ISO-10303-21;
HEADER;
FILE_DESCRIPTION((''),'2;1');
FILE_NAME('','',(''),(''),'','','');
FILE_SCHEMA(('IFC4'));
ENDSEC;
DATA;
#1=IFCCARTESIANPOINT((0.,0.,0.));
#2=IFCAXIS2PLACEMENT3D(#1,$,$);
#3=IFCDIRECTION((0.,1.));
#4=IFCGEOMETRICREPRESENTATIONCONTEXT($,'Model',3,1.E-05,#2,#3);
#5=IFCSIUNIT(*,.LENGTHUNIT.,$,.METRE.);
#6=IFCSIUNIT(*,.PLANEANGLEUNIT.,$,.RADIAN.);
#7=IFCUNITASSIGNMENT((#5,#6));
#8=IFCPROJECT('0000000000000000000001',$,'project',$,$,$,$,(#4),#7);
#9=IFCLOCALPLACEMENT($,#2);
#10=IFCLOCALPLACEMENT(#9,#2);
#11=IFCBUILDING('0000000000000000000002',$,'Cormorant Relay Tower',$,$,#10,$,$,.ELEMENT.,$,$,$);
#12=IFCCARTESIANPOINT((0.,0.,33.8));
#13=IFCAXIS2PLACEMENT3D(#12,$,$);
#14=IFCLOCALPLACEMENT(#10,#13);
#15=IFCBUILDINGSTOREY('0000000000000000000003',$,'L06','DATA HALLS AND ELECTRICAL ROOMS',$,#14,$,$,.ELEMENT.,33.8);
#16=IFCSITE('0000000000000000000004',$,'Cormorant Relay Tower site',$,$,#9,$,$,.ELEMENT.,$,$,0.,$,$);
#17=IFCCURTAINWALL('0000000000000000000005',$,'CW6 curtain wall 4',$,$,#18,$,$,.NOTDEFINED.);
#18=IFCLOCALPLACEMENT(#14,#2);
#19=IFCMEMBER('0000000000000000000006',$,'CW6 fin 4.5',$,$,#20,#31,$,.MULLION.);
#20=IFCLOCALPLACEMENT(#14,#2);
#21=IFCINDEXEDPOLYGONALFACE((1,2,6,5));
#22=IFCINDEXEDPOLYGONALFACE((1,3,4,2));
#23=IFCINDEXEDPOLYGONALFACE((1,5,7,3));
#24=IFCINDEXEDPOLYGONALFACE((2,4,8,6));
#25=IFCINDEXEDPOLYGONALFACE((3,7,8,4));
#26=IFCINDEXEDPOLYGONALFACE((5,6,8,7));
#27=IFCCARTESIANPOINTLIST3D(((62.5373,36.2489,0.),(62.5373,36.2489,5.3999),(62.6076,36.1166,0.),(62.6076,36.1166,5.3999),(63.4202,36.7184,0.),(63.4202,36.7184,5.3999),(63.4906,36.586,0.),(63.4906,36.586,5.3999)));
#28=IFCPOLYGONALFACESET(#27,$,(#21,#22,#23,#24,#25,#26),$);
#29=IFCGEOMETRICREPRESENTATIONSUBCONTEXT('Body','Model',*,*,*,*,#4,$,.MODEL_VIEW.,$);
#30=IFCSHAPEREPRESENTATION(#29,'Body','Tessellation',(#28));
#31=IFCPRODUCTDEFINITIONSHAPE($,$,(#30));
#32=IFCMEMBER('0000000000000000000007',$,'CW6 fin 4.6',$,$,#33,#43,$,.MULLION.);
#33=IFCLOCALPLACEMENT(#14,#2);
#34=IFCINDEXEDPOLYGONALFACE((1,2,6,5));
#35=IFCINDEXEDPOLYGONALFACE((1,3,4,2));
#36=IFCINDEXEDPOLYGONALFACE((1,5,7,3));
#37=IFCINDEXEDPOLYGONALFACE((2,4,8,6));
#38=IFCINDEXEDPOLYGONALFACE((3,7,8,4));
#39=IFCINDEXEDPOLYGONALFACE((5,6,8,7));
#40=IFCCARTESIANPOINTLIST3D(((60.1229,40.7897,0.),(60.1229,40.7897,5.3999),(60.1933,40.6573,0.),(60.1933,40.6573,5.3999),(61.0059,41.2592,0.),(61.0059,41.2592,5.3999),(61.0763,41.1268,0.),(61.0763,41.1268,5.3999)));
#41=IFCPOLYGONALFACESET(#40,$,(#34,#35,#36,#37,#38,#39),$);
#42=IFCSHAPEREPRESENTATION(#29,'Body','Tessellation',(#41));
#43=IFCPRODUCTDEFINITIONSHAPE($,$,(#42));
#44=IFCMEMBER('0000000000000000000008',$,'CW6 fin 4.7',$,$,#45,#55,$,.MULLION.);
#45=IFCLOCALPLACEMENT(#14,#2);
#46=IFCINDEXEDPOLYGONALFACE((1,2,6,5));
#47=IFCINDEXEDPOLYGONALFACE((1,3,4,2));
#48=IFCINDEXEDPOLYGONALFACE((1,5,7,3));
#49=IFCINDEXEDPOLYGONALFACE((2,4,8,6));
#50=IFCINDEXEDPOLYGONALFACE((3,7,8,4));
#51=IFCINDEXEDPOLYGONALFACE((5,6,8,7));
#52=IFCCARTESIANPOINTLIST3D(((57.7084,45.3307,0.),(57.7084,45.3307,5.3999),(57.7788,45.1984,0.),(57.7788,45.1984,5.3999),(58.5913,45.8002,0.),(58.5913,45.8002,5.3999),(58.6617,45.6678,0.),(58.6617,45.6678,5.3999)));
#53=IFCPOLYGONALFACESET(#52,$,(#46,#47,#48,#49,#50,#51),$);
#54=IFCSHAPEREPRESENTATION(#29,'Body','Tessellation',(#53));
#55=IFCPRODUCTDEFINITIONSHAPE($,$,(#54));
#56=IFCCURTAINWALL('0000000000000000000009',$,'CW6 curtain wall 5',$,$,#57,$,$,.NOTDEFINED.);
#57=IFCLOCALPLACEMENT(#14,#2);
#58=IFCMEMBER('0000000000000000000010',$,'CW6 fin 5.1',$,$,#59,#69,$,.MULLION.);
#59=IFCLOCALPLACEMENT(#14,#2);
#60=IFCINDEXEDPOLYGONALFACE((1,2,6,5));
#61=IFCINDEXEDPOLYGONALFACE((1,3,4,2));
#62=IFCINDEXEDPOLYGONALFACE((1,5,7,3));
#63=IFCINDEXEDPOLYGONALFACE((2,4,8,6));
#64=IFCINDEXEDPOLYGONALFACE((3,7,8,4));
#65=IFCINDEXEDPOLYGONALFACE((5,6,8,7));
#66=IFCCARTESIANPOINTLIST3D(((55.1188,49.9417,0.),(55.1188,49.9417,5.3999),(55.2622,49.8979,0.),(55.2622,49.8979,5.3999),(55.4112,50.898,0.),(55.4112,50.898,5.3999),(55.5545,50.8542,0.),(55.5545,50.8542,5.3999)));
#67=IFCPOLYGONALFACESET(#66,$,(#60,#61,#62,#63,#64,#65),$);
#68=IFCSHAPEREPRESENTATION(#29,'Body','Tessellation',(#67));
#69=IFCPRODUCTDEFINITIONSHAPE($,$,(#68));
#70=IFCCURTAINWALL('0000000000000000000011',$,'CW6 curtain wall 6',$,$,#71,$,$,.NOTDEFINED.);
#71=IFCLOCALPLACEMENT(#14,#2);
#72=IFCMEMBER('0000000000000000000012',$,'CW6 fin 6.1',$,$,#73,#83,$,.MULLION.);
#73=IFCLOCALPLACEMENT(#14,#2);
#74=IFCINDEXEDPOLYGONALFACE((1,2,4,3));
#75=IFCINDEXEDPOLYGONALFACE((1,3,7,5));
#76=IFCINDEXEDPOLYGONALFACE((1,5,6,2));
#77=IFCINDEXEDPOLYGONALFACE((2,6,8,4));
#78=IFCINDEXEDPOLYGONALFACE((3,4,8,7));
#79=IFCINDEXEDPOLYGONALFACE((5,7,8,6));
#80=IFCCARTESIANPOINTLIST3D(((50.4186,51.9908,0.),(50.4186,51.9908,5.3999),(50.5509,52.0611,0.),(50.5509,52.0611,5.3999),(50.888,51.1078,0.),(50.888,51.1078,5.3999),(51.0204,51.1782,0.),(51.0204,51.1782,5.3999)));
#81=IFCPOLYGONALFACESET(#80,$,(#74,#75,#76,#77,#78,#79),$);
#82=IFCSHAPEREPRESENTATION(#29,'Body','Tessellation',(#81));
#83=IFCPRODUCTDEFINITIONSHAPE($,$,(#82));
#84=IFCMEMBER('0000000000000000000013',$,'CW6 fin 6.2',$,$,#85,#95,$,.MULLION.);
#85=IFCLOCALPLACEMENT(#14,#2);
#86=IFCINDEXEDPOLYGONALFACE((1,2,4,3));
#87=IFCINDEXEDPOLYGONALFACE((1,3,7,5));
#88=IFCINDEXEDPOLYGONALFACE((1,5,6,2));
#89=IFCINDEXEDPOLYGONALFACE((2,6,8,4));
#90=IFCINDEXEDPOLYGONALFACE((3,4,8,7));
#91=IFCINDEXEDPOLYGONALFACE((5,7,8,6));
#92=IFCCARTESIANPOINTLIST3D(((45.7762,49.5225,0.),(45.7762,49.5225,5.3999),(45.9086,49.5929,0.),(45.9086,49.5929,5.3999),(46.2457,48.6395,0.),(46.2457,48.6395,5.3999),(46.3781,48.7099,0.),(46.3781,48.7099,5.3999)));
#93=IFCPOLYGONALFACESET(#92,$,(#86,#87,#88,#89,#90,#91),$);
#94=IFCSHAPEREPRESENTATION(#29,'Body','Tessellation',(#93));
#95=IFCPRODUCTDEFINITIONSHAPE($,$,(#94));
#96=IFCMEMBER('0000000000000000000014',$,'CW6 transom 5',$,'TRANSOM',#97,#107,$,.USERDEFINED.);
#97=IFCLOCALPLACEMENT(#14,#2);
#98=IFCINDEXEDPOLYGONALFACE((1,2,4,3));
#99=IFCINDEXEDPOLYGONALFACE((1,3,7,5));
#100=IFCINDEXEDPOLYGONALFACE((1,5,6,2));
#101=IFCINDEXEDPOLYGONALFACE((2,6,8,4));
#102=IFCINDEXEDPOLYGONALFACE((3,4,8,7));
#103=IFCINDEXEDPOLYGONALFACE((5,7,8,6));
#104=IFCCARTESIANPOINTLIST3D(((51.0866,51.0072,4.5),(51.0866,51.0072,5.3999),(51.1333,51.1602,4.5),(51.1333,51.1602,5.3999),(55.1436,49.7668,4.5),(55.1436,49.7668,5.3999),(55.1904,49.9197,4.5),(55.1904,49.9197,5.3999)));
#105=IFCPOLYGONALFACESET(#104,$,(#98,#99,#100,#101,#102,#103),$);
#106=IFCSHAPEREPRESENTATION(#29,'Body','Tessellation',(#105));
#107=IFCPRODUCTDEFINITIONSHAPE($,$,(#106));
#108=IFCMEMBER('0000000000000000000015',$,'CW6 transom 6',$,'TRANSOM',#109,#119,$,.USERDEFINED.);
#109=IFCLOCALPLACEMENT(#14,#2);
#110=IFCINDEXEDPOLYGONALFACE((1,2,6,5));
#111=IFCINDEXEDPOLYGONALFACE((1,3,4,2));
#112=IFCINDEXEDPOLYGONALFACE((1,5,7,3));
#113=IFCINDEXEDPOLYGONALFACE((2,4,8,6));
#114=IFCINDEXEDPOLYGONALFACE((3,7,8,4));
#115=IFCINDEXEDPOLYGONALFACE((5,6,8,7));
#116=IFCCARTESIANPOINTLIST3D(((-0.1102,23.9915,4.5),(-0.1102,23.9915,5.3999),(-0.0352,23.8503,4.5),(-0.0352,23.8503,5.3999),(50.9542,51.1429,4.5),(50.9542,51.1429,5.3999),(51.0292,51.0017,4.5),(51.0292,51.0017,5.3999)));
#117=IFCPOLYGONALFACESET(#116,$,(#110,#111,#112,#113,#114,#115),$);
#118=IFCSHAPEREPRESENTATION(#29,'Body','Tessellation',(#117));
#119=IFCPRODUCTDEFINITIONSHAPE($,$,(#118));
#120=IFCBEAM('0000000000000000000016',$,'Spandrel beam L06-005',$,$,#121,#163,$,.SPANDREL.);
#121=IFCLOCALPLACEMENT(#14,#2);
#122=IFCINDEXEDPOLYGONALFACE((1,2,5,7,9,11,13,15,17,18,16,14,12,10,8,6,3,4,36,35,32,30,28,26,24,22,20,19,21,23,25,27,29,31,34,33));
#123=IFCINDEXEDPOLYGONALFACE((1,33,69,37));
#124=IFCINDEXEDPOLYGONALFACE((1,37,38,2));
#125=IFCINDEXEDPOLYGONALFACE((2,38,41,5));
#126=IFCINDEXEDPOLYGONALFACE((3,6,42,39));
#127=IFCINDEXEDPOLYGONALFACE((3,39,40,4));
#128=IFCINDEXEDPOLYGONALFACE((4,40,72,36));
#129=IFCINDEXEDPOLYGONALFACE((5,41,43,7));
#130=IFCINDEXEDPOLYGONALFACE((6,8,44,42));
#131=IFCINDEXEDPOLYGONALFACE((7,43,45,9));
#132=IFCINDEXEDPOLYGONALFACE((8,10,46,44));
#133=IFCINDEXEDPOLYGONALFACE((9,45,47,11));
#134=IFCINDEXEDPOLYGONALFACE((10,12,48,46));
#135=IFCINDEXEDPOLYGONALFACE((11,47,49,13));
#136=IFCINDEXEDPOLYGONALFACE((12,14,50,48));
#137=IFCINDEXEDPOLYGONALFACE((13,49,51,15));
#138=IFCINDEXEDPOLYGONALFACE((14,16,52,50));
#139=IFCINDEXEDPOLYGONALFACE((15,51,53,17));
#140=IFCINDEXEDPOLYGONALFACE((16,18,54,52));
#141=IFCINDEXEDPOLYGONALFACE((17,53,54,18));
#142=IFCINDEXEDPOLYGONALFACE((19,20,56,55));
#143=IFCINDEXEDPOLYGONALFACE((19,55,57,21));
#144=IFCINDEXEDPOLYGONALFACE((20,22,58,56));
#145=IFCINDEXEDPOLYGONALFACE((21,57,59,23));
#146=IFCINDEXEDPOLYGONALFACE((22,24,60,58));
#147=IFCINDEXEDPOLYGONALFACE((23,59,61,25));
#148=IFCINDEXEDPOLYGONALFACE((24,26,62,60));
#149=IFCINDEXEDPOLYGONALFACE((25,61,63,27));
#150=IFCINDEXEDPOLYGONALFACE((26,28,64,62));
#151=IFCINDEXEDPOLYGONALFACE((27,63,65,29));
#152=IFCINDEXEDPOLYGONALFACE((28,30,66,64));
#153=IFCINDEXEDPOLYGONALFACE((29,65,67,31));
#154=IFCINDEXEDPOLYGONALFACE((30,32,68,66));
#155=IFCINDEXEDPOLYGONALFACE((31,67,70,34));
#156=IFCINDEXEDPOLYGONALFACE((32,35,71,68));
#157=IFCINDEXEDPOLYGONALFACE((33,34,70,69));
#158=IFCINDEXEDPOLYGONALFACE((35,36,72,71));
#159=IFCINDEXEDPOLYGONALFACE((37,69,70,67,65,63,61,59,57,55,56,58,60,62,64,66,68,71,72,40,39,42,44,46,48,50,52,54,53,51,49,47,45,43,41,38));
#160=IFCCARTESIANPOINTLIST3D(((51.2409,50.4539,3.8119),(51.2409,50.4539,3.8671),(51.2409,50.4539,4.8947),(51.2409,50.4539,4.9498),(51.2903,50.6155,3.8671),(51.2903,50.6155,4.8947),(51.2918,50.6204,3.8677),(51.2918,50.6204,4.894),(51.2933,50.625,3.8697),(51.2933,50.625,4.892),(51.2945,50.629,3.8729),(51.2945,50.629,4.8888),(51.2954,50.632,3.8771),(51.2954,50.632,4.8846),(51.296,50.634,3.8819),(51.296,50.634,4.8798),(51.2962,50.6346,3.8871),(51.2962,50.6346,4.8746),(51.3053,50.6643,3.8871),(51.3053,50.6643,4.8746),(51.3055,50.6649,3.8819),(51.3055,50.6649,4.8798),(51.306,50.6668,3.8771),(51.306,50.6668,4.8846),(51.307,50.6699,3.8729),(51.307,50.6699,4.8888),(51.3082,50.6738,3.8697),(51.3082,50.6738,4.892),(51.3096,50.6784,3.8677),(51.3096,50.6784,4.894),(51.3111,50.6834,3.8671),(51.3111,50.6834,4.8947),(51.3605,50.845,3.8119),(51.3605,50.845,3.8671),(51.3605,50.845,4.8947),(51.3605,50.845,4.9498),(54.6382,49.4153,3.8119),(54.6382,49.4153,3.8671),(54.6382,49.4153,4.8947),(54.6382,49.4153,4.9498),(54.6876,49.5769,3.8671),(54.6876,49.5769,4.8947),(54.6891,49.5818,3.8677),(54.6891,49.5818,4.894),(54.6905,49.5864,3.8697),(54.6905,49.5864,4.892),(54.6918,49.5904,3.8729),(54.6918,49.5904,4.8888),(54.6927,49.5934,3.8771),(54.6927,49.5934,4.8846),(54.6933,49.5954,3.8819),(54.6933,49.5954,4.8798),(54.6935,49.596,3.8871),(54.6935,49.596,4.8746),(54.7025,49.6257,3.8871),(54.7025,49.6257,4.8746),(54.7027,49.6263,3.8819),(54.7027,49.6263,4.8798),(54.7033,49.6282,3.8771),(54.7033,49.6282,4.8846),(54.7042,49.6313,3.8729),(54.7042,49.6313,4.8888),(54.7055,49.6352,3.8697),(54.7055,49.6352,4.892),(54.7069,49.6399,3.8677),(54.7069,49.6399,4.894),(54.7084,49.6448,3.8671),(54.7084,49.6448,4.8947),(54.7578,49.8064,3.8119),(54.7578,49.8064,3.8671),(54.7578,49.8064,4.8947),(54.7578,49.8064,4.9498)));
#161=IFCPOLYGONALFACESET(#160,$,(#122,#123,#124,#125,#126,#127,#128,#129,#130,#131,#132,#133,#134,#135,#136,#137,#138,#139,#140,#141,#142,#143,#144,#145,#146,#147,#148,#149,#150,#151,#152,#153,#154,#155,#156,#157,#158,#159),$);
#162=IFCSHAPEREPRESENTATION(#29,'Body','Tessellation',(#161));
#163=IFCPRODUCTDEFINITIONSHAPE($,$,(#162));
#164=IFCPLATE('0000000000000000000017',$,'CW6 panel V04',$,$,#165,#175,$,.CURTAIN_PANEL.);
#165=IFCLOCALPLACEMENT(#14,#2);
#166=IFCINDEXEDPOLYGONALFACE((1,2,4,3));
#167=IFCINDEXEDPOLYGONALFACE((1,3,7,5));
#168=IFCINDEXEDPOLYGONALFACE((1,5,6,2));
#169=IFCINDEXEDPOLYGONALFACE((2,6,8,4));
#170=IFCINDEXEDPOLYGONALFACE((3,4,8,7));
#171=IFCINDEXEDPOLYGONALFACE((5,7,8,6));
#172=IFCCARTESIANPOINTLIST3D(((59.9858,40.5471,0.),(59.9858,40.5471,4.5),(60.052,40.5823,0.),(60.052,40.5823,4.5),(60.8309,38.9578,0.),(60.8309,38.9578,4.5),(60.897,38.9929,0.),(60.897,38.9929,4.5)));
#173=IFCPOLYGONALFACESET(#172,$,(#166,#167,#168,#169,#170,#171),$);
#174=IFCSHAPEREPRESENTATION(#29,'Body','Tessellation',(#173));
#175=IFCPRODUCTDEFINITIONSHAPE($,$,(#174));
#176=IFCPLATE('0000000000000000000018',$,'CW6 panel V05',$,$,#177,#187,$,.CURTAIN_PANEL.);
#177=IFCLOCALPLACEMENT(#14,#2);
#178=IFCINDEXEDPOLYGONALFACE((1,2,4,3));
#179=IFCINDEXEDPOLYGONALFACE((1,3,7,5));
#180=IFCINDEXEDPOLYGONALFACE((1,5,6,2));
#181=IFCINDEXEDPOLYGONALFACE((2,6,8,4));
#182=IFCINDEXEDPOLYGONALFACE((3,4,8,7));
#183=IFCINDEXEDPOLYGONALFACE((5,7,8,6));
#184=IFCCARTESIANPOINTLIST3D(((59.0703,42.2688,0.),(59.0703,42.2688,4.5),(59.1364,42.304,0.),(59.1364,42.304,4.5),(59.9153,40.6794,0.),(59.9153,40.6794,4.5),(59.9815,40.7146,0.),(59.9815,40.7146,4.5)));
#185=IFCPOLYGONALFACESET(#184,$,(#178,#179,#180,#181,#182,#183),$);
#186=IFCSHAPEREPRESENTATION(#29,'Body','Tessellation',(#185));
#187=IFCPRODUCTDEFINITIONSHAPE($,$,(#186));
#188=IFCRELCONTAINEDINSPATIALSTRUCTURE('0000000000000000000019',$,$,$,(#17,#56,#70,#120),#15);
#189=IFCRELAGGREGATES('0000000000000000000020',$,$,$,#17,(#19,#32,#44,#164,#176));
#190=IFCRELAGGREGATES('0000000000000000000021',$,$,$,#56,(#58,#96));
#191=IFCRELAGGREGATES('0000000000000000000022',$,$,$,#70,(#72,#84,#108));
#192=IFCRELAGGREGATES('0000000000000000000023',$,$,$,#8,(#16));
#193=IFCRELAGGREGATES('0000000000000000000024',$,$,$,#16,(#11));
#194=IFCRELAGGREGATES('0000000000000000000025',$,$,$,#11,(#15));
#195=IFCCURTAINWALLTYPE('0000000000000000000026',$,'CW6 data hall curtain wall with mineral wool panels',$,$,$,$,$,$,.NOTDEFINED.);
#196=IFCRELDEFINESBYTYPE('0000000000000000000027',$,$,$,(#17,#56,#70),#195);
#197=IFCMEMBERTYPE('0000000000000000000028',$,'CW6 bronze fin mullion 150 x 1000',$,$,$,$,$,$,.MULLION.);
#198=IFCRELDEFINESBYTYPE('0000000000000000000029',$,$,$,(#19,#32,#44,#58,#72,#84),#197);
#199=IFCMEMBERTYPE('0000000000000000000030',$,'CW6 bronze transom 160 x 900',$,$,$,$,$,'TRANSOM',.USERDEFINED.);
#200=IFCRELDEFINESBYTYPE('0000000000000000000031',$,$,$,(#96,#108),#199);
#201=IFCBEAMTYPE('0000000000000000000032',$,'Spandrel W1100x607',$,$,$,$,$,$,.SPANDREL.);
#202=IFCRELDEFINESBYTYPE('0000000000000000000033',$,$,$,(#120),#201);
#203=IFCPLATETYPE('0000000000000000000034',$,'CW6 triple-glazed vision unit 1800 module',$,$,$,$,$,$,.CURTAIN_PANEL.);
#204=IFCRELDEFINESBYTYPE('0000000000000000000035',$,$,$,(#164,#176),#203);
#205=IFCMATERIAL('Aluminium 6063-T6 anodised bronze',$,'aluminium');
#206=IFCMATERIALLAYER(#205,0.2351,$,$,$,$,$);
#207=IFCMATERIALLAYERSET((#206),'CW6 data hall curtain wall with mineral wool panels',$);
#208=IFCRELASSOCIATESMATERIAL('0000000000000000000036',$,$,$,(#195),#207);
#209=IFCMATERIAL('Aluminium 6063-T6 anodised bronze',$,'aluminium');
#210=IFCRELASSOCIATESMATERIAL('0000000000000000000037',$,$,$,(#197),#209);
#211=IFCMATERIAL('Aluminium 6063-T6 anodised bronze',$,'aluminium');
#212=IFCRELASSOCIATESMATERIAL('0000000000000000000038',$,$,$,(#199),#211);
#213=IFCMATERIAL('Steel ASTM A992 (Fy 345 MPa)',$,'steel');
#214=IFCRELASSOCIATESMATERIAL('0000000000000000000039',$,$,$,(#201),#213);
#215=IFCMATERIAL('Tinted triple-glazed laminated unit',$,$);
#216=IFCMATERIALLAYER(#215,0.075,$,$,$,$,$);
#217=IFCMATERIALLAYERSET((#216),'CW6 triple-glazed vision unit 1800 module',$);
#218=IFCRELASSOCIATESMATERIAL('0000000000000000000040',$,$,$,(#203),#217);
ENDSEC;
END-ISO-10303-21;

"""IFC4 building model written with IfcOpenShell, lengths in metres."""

from ifc_helpers import new_model, si_unit, direction, frame, origin, origin_2d, place, context, subcontext, project, spatial, rectangle, i_section, extrude, material, layer, layer_set, material_profile, profile_set, type_object, element, aggregate, save


model = new_model("IFC4")

# Units and contexts
model_context = context("Model", 3, precision=1e-05, world=origin(), true_north=direction((0.0, 1.0)))
body_context = subcontext(model_context, "Body", "Model", "MODEL_VIEW")
ifc_project = project(units=[si_unit("LENGTHUNIT", "METRE"), si_unit("PLANEANGLEUNIT", "RADIAN")], contexts=[model_context])

# Site, building, storey
site_placement = place(None, origin())
site = spatial("IfcSite", under=ifc_project, at=site_placement, Name="Cormorant Relay Tower site", CompositionType="ELEMENT", RefElevation=0.0)
building_placement = place(site_placement, origin())
building = spatial("IfcBuilding", under=site, at=building_placement, Name="Cormorant Relay Tower", CompositionType="ELEMENT")
storey_placement = place(building_placement, frame((0.0, 0.0, 33.8)))
storey = spatial("IfcBuildingStorey", under=building, at=storey_placement, Name="L06", Description="DATA HALLS AND ELECTRICAL ROOMS", CompositionType="ELEMENT", Elevation=33.8)

# Curtain wall, members
ifc_material_1 = material(Name="Aluminium 6063-T6 anodised bronze", Category="aluminium")
ifc_layer_1 = layer(ifc_material_1, 0.2351)
ifc_layer_set_1 = layer_set([ifc_layer_1], Name="CW6 data hall curtain wall with mineral wool panels")
curtain_wall_type = type_object("IfcCurtainWallType", Name="CW6 data hall curtain wall with mineral wool panels", PredefinedType="NOTDEFINED", material=ifc_layer_set_1)
curtain_wall_1_placement = place(storey_placement, origin())
curtain_wall_1 = element("IfcCurtainWall", 1, at=curtain_wall_1_placement, inside=storey, type_object=curtain_wall_type, Name="CW6 curtain wall 4", PredefinedType="NOTDEFINED")
ifc_material_2 = material(Name="Aluminium 6063-T6 anodised bronze", Category="aluminium")
ifc_material_profile_1 = material_profile(ifc_material_2, rectangle(XDim=0.1499, YDim=1.0, at=origin_2d()), Name="AL 150x1000")
ifc_profile_set_1 = profile_set([ifc_material_profile_1], Name="Aluminium 6063-T6 anodised bronze")
member_type_1 = type_object("IfcMemberType", Name="CW6 bronze fin mullion 150 x 1000", PredefinedType="MULLION", material=ifc_profile_set_1)
member_1_placement = place(storey_placement, frame((63.0139, 36.4175, 0.0), z_axis=(0.0, 0.0, 1.0), x_axis=(-0.469472, 0.882948, 0.0)))
member_1 = element("IfcMember", 2, at=member_1_placement, type_object=member_type_1, Name="CW6 fin 4.5", PredefinedType="MULLION", context=body_context, shape_type="SweptSolid", body=[
    extrude(rectangle(XDim=0.1499, YDim=1.0, at=origin_2d()), origin(), (0.0, 0.0, 1.0), 5.3999),
])
member_2_placement = place(storey_placement, frame((60.5996, 40.9583, 0.0), z_axis=(0.0, 0.0, 1.0), x_axis=(-0.469472, 0.882948, 0.0)))
member_2 = element("IfcMember", 3, at=member_2_placement, type_object=member_type_1, Name="CW6 fin 4.6", PredefinedType="MULLION", context=body_context, shape_type="SweptSolid", body=[
    extrude(rectangle(XDim=0.1499, YDim=1.0, at=origin_2d()), origin(), (0.0, 0.0, 1.0), 5.3999),
])
member_3_placement = place(storey_placement, frame((58.1851, 45.4993, 0.0), z_axis=(0.0, 0.0, 1.0), x_axis=(-0.469472, 0.882948, 0.0)))
member_3 = element("IfcMember", 4, at=member_3_placement, type_object=member_type_1, Name="CW6 fin 4.7", PredefinedType="MULLION", context=body_context, shape_type="SweptSolid", body=[
    extrude(rectangle(XDim=0.1499, YDim=1.0, at=origin_2d()), origin(), (0.0, 0.0, 1.0), 5.3999),
])

# Curtain wall, member
curtain_wall_2_placement = place(storey_placement, origin())
curtain_wall_2 = element("IfcCurtainWall", 5, at=curtain_wall_2_placement, inside=storey, type_object=curtain_wall_type, Name="CW6 curtain wall 5", PredefinedType="NOTDEFINED")
member_4_placement = place(storey_placement, frame((55.3367, 50.3979, 0.0), z_axis=(0.0, 0.0, 1.0), x_axis=(-0.956305, 0.292372, 0.0)))
member_4 = element("IfcMember", 6, at=member_4_placement, type_object=member_type_1, Name="CW6 fin 5.1", PredefinedType="MULLION", context=body_context, shape_type="SweptSolid", body=[
    extrude(rectangle(XDim=0.1499, YDim=1.0, at=origin_2d()), origin(), (0.0, 0.0, 1.0), 5.3999),
])

# Curtain wall, members
curtain_wall_3_placement = place(storey_placement, origin())
curtain_wall_3 = element("IfcCurtainWall", 7, at=curtain_wall_3_placement, inside=storey, type_object=curtain_wall_type, Name="CW6 curtain wall 6", PredefinedType="NOTDEFINED")
member_5_placement = place(storey_placement, frame((50.7195, 51.5845, 0.0), z_axis=(0.0, 0.0, 1.0), x_axis=(-0.882948, -0.469472, 0.0)))
member_5 = element("IfcMember", 8, at=member_5_placement, type_object=member_type_1, Name="CW6 fin 6.1", PredefinedType="MULLION", context=body_context, shape_type="SweptSolid", body=[
    extrude(rectangle(XDim=0.1499, YDim=1.0, at=origin_2d()), origin(), (0.0, 0.0, 1.0), 5.3999),
])
member_6_placement = place(storey_placement, frame((46.0771, 49.1162, 0.0), z_axis=(0.0, 0.0, 1.0), x_axis=(-0.882948, -0.469472, 0.0)))
member_6 = element("IfcMember", 9, at=member_6_placement, type_object=member_type_1, Name="CW6 fin 6.2", PredefinedType="MULLION", context=body_context, shape_type="SweptSolid", body=[
    extrude(rectangle(XDim=0.1499, YDim=1.0, at=origin_2d()), origin(), (0.0, 0.0, 1.0), 5.3999),
])

# Members
ifc_material_3 = material(Name="Aluminium 6063-T6 anodised bronze", Category="aluminium")
ifc_material_profile_2 = material_profile(ifc_material_3, rectangle(XDim=0.1599, YDim=0.8999, at=origin_2d()), Name="AL 160x900")
ifc_profile_set_2 = profile_set([ifc_material_profile_2], Name="Aluminium 6063-T6 anodised bronze")
member_type_2 = type_object("IfcMemberType", Name="CW6 bronze transom 160 x 900", ElementType="TRANSOM", PredefinedType="USERDEFINED", material=ifc_profile_set_2)
member_7_placement = place(storey_placement, frame((55.167, 49.8433, 4.95), z_axis=(-0.956299, 0.292391, 0.0), x_axis=(-0.292391, -0.956299, 0.0)))
member_7 = element("IfcMember", 10, at=member_7_placement, type_object=member_type_2, Name="CW6 transom 5", ObjectType="TRANSOM", PredefinedType="USERDEFINED", context=body_context, shape_type="SweptSolid", body=[
    extrude(rectangle(XDim=0.1599, YDim=0.8999, at=origin_2d()), origin(), (0.0, 0.0, 1.0), 4.2424),
])
member_8_placement = place(storey_placement, frame((50.9917, 51.0723, 4.95), z_axis=(-0.882948, -0.46947, 0.0), x_axis=(0.46947, -0.882948, 0.0)))
member_8 = element("IfcMember", 11, at=member_8_placement, type_object=member_type_2, Name="CW6 transom 6", ObjectType="TRANSOM", PredefinedType="USERDEFINED", context=body_context, shape_type="SweptSolid", body=[
    extrude(rectangle(XDim=0.1599, YDim=0.8999, at=origin_2d()), origin(), (0.0, 0.0, 1.0), 57.834),
])

# Beam
ifc_material_4 = material(Name="Steel ASTM A992 (Fy 345 MPa)", Category="steel")
ifc_material_profile_3 = material_profile(ifc_material_4, i_section(OverallWidth=0.4089, OverallDepth=1.1379, WebThickness=0.031, FlangeThickness=0.0552, FilletRadius=0.02, at=origin_2d()), Name="W1100x607")
ifc_profile_set_3 = profile_set([ifc_material_profile_3], Name="Steel ASTM A992 (Fy 345 MPa)")
beam_type = type_object("IfcBeamType", Name="Spandrel W1100x607", PredefinedType="SPANDREL", material=ifc_profile_set_3)
beam_placement = place(storey_placement, frame((54.698, 49.6108, 4.3809), z_axis=(-0.956309, 0.292356, 0.0), x_axis=(-0.292356, -0.956309, 0.0)))
element("IfcBeam", 12, at=beam_placement, inside=storey, type_object=beam_type, Name="Spandrel beam L06-005", PredefinedType="SPANDREL", context=body_context, shape_type="SweptSolid", body=[
    extrude(i_section(OverallWidth=0.4089, OverallDepth=1.1379, WebThickness=0.031, FlangeThickness=0.0552, FilletRadius=0.02, at=origin_2d()), origin(), (0.0, 0.0, 1.0), 3.5525),
])

# Plates
ifc_material_5 = material(Name="Tinted triple-glazed laminated unit")
ifc_layer_2 = layer(ifc_material_5, 0.075)
ifc_layer_set_2 = layer_set([ifc_layer_2], Name="CW6 triple-glazed vision unit 1800 module")
plate_type = type_object("IfcPlateType", Name="CW6 triple-glazed vision unit 1800 module", PredefinedType="CURTAIN_PANEL", material=ifc_layer_set_2)
plate_1_placement = place(storey_placement, frame((60.4414, 39.77, 0.0), z_axis=(0.0, 0.0, 1.0), x_axis=(-0.469472, 0.882948, 0.0)))
plate_1 = element("IfcPlate", 13, at=plate_1_placement, type_object=plate_type, Name="CW6 panel V04", PredefinedType="CURTAIN_PANEL", context=body_context, shape_type="SweptSolid", body=[
    extrude(rectangle(XDim=1.8, YDim=0.075, at=origin_2d()), origin(), (0.0, 0.0, 1.0), 4.5),
])
plate_2_placement = place(storey_placement, frame((59.5259, 41.4917, 0.0), z_axis=(0.0, 0.0, 1.0), x_axis=(-0.469472, 0.882948, 0.0)))
plate_2 = element("IfcPlate", 14, at=plate_2_placement, type_object=plate_type, Name="CW6 panel V05", PredefinedType="CURTAIN_PANEL", context=body_context, shape_type="SweptSolid", body=[
    extrude(rectangle(XDim=1.8, YDim=0.075, at=origin_2d()), origin(), (0.0, 0.0, 1.0), 4.5),
])

aggregate(curtain_wall_1, [member_1, member_2, member_3, plate_1, plate_2])
aggregate(curtain_wall_2, [member_4, member_7])
aggregate(curtain_wall_3, [member_5, member_6, member_8])

save(model, "model.ifc")
